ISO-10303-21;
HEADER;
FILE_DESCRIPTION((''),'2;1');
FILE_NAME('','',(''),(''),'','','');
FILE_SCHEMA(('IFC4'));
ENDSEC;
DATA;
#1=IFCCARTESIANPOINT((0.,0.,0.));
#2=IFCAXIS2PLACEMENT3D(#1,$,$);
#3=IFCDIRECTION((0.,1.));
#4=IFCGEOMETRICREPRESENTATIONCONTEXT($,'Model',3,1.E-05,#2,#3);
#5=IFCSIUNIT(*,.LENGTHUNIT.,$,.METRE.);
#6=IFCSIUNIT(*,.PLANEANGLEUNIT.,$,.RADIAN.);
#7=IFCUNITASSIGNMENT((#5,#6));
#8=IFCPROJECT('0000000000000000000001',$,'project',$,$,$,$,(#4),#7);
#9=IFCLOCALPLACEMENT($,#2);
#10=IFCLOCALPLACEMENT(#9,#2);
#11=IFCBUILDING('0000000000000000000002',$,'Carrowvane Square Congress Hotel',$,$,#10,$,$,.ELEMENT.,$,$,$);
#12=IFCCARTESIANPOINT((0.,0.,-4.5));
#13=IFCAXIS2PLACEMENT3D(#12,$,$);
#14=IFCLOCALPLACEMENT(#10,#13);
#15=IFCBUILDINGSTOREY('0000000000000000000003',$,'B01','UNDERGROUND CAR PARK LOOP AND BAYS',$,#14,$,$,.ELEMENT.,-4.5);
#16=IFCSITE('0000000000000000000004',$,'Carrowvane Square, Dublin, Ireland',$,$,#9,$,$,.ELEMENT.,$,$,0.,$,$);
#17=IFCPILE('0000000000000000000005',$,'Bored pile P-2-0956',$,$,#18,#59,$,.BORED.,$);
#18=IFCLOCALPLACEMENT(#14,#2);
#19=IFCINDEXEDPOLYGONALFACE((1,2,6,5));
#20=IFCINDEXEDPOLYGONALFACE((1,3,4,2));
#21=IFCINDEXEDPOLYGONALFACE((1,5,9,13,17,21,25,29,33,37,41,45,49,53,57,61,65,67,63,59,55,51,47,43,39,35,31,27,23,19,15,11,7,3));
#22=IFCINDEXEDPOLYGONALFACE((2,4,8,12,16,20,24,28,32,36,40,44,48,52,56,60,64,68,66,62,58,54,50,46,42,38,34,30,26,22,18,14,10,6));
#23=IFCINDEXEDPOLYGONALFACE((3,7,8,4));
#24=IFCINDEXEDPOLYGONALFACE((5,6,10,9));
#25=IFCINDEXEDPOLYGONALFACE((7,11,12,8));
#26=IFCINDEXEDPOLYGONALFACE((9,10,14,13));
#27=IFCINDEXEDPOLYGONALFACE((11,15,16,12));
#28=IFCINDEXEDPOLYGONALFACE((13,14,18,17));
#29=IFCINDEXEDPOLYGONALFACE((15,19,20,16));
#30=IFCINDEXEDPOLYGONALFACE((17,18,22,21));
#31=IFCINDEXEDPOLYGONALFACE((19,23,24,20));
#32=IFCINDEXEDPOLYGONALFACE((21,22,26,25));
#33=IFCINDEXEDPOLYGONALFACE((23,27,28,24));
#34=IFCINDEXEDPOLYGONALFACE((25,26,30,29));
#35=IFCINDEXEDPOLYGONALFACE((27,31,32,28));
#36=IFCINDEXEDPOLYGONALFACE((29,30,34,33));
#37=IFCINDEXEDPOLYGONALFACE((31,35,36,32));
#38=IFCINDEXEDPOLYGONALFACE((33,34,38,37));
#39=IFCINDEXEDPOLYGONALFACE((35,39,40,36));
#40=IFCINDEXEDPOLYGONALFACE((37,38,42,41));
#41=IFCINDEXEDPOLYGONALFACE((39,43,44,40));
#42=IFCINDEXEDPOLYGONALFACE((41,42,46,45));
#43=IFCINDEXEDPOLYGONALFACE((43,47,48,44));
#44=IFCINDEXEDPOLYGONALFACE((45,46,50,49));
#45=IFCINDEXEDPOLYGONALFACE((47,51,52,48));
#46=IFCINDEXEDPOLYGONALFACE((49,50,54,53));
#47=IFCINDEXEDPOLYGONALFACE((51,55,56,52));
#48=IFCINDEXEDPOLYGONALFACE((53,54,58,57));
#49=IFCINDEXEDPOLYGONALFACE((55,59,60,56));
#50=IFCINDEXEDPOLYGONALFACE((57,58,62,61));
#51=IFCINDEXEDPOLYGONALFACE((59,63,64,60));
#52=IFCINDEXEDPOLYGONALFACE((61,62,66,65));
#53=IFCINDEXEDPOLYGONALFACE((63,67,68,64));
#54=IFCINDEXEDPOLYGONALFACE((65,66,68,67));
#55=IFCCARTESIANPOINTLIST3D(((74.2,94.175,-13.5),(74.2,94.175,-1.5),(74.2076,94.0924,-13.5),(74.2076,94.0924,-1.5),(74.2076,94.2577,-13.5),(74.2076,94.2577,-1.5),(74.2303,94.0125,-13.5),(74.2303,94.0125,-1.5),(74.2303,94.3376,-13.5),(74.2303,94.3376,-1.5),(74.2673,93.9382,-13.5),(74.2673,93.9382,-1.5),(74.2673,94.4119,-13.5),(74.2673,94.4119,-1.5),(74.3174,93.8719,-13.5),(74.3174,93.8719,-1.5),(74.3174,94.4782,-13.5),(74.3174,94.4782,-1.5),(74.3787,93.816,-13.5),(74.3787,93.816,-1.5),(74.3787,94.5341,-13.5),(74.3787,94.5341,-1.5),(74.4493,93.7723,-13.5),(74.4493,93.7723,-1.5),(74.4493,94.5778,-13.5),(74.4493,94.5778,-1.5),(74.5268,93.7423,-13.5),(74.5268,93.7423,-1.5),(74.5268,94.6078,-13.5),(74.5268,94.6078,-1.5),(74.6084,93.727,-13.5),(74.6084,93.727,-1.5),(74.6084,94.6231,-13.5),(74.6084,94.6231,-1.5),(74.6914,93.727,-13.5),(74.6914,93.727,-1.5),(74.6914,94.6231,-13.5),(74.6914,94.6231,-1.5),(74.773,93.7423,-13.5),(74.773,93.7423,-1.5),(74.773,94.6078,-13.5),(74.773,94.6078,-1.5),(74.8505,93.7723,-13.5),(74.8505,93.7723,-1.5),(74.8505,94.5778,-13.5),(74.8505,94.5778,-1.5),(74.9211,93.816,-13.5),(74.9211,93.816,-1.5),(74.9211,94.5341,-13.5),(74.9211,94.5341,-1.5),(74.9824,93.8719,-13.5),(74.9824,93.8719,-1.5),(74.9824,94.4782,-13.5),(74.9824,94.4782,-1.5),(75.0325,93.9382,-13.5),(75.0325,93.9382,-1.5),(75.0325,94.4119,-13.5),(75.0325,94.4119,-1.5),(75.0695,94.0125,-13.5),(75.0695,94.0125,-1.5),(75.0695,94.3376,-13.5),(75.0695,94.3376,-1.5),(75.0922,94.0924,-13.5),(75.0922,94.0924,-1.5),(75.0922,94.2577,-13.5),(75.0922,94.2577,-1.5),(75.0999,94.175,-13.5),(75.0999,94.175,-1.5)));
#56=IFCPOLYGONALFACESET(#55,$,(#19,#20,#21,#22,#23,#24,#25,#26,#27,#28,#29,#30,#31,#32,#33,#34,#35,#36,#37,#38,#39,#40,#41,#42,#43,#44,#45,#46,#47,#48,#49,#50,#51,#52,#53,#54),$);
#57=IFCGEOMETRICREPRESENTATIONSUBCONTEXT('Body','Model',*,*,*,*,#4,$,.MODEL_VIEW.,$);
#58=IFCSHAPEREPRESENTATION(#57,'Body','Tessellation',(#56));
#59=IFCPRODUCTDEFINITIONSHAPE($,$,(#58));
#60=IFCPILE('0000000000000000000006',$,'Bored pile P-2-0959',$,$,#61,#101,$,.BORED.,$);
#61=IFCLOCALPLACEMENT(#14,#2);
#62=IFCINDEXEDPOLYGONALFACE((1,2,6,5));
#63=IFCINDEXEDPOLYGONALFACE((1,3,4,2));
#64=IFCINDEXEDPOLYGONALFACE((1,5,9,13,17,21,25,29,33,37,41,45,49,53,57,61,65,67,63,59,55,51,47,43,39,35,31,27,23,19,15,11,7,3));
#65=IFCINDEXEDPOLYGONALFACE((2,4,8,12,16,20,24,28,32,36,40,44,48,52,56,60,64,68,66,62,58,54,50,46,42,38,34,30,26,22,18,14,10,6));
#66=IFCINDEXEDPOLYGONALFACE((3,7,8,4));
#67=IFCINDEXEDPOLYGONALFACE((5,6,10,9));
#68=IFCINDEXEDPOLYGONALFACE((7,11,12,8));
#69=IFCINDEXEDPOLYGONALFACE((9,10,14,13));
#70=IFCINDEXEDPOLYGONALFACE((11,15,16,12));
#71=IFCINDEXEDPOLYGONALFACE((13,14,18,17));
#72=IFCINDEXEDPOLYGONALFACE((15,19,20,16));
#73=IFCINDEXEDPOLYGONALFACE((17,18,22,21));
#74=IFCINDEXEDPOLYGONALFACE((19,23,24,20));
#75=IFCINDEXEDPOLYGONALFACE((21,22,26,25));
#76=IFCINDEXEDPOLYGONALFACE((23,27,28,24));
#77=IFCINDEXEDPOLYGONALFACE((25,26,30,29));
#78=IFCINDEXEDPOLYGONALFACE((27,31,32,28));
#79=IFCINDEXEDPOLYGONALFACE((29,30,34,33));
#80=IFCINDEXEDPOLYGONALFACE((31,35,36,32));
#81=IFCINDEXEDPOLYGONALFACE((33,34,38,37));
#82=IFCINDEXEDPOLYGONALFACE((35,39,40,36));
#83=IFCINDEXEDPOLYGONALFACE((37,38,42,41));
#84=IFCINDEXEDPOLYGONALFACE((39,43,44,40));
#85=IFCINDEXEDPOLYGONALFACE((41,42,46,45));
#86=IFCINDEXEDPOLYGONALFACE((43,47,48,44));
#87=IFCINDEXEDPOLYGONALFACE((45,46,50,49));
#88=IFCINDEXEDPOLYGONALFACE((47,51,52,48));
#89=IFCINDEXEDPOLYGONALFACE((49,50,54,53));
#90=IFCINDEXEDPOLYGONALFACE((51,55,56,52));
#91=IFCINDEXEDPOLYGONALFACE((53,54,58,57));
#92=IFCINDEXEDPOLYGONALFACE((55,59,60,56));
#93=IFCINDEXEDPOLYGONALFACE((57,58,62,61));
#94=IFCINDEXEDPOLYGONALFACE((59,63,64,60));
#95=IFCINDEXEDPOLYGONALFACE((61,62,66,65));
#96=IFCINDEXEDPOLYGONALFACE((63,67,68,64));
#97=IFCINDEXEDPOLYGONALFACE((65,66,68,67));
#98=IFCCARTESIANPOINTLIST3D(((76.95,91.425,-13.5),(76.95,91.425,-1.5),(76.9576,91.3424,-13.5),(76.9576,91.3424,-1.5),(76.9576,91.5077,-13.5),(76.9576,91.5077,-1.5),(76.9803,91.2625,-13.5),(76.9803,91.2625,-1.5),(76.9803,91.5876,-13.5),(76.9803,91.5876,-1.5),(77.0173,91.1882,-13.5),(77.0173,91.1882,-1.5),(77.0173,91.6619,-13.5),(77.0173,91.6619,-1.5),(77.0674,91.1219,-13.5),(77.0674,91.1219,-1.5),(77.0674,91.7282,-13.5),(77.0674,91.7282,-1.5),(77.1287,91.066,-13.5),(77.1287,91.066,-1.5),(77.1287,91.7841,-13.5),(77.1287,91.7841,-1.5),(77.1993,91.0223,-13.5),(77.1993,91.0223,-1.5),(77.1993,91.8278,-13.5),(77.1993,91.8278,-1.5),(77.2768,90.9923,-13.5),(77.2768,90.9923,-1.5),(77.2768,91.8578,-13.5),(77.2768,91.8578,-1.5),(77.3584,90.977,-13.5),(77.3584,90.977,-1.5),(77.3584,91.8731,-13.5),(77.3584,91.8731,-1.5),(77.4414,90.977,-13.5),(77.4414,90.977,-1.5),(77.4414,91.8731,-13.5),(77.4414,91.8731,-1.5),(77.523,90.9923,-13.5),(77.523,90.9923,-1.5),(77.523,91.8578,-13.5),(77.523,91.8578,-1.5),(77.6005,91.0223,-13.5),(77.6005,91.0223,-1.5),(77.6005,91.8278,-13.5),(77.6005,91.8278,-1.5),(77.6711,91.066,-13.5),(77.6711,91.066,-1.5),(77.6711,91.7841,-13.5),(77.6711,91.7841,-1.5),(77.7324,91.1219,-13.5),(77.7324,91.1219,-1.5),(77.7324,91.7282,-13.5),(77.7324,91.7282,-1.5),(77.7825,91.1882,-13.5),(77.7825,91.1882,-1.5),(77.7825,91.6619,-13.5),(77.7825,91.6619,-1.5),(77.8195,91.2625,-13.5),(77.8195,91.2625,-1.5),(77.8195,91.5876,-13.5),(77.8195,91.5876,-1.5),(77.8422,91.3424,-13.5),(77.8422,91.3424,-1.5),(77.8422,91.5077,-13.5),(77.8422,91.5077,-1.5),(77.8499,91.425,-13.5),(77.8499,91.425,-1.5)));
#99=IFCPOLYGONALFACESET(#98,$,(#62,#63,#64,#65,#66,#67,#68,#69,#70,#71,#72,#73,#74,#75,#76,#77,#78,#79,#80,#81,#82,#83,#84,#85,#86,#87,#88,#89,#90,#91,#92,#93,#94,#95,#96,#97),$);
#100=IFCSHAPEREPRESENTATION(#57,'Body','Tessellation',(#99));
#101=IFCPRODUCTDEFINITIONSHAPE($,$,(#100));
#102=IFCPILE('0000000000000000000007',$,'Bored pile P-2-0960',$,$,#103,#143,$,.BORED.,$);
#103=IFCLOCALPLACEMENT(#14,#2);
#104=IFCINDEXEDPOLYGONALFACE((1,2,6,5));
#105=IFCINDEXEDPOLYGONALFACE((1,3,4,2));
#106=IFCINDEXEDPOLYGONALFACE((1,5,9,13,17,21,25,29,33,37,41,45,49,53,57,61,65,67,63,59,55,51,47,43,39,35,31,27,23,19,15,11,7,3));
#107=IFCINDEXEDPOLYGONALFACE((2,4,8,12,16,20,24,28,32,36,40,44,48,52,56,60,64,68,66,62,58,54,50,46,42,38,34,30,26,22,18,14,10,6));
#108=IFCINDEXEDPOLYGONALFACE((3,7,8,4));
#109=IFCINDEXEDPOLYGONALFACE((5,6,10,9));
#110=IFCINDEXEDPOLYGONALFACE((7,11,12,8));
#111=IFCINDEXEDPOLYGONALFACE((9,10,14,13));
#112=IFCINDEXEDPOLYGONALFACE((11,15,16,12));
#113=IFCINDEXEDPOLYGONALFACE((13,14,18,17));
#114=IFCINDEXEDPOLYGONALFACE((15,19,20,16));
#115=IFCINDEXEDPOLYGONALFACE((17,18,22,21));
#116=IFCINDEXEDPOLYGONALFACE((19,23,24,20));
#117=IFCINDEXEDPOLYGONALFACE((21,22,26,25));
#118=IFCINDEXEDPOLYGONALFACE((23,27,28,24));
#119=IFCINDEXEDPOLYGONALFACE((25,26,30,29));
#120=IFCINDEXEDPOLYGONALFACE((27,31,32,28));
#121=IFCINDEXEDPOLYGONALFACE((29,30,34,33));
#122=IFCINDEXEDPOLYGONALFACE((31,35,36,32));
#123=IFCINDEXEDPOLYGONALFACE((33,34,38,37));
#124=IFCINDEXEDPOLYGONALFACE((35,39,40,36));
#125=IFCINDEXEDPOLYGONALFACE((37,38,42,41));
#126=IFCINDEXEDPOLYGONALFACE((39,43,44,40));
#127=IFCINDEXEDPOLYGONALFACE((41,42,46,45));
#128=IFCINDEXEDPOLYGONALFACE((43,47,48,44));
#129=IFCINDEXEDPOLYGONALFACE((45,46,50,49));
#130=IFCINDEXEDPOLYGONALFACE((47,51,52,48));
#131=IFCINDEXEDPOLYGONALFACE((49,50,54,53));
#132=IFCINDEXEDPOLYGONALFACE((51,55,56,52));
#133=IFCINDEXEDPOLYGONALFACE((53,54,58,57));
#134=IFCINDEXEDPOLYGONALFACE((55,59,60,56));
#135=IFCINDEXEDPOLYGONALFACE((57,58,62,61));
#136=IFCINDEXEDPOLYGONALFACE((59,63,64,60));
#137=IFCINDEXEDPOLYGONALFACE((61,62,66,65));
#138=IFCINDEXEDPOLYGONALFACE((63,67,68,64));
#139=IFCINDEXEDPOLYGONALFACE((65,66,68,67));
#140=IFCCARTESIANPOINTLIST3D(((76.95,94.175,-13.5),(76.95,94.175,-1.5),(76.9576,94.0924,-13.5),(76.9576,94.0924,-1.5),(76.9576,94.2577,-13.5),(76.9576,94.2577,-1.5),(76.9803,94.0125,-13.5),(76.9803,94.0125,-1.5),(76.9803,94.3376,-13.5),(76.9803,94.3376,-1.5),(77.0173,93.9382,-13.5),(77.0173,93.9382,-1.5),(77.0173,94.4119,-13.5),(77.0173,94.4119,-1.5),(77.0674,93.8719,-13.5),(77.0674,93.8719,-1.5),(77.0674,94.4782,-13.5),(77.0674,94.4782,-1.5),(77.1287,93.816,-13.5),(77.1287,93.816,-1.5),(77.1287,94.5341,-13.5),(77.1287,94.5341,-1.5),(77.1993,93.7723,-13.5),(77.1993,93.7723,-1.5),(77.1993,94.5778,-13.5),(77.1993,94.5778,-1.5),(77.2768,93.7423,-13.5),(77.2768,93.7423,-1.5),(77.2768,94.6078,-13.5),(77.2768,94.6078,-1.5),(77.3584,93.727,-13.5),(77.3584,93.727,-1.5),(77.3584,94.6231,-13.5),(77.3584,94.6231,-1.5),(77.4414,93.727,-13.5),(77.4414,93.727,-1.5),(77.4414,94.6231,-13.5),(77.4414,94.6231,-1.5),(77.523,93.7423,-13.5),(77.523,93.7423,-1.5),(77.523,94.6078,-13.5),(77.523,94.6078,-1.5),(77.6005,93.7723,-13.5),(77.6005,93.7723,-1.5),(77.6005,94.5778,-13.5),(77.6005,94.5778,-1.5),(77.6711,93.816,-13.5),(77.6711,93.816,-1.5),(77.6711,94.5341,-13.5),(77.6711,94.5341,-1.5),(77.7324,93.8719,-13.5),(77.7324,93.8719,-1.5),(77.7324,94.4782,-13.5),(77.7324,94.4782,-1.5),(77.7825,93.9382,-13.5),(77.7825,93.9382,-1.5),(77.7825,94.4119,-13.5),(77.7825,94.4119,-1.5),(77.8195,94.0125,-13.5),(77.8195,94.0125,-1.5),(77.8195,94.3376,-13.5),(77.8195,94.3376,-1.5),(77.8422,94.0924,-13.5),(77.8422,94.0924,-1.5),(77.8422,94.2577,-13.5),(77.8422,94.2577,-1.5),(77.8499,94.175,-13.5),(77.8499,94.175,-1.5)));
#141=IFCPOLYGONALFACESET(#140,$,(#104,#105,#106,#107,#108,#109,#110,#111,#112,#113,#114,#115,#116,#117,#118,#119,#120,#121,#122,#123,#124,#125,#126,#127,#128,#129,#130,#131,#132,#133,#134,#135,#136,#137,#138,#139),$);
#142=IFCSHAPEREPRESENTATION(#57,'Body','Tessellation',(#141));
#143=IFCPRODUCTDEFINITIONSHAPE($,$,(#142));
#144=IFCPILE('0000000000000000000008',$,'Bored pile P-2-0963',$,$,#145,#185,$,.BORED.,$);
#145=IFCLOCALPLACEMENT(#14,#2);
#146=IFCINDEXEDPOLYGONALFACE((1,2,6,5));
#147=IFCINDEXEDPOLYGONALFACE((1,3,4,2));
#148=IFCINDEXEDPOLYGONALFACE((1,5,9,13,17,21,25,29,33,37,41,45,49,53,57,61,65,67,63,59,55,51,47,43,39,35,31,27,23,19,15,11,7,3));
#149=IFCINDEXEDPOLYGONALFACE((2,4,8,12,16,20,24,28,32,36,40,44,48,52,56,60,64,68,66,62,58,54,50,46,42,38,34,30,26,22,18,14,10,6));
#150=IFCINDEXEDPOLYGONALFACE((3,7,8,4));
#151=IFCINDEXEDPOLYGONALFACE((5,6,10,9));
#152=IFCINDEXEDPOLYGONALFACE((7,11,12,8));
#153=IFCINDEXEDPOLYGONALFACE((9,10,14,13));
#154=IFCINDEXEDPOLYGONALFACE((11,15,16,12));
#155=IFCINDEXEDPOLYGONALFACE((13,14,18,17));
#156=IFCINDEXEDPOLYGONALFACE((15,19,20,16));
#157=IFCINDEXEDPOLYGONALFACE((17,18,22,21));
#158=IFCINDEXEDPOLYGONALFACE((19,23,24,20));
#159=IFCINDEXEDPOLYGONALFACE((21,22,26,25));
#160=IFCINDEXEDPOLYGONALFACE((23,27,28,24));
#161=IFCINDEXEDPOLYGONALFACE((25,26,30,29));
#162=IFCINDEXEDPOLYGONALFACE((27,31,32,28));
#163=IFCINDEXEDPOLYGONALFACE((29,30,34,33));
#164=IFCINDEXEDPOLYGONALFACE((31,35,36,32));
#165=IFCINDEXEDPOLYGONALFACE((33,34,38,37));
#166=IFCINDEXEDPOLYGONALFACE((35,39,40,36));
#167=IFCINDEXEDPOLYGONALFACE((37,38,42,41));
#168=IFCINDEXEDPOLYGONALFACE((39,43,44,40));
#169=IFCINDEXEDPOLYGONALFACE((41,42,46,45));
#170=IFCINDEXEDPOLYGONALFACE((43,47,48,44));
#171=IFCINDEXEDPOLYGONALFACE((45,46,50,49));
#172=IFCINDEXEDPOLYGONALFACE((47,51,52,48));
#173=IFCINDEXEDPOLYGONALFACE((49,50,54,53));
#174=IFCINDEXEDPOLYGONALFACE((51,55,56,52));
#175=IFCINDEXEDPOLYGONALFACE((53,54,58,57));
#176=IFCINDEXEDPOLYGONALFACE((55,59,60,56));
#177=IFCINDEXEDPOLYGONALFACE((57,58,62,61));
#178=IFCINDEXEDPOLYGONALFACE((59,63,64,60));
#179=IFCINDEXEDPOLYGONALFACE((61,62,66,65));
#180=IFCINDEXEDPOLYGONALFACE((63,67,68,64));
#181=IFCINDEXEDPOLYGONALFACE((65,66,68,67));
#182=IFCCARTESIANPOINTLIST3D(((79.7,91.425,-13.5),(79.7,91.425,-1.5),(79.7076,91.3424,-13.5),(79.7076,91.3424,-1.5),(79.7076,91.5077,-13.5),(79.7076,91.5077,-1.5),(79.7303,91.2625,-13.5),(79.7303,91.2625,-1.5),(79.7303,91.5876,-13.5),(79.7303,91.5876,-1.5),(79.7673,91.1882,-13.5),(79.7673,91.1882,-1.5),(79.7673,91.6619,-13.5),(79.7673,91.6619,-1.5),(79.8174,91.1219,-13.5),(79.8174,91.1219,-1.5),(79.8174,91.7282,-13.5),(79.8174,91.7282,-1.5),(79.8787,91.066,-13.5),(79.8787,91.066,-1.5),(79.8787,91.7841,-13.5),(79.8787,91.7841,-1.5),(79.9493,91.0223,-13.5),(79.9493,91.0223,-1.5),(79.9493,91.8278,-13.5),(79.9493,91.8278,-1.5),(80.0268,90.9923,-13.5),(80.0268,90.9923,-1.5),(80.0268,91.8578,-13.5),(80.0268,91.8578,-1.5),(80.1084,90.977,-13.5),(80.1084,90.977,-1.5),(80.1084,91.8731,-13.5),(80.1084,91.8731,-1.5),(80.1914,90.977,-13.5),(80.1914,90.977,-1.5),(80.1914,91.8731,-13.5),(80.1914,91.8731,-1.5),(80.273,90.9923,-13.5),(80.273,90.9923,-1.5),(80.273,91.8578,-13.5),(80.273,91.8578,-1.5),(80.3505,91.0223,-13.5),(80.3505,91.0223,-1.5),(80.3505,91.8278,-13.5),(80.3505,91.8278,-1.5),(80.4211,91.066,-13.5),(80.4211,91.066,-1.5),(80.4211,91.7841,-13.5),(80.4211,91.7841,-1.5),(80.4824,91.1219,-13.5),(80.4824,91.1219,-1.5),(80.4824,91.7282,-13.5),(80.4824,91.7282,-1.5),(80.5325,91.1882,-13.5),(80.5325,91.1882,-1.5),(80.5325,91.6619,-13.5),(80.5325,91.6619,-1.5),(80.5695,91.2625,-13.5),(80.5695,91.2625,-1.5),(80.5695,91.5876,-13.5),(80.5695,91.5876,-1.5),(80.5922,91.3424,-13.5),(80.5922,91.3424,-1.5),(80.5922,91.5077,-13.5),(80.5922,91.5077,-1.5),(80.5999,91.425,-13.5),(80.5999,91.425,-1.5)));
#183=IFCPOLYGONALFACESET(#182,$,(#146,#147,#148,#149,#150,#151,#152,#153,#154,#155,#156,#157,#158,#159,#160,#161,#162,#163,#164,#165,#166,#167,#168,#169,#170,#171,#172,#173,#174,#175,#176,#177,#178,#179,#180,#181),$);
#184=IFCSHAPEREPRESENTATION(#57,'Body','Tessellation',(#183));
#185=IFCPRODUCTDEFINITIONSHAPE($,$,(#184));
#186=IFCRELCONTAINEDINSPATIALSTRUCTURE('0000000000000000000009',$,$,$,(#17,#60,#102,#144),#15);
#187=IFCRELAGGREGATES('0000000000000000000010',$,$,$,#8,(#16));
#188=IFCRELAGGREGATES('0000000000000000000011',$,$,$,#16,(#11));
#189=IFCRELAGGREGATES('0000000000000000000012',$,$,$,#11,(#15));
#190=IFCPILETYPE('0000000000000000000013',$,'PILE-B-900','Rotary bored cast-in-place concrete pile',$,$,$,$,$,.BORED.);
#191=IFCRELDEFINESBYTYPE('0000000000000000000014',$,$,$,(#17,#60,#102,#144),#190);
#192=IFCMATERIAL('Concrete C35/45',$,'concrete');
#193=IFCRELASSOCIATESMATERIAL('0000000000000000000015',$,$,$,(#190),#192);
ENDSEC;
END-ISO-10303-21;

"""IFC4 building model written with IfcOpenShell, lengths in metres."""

from ifc_helpers import new_model, si_unit, direction, frame, origin, origin_2d, place, context, subcontext, project, spatial, circle, extrude, material, material_profile, profile_set, type_object, element, save


model = new_model("IFC4")

# Units and contexts
model_context = context("Model", 3, precision=1e-05, world=origin(), true_north=direction((0.0, 1.0)))
body_context = subcontext(model_context, "Body", "Model", "MODEL_VIEW")
ifc_project = project(units=[si_unit("LENGTHUNIT", "METRE"), si_unit("PLANEANGLEUNIT", "RADIAN")], contexts=[model_context])

# Site, building, storey
site_placement = place(None, origin())
site = spatial("IfcSite", under=ifc_project, at=site_placement, Name="Carrowvane Square, Dublin, Ireland", CompositionType="ELEMENT", RefElevation=0.0)
building_placement = place(site_placement, origin())
building = spatial("IfcBuilding", under=site, at=building_placement, Name="Carrowvane Square Congress Hotel", CompositionType="ELEMENT")
storey_placement = place(building_placement, frame((0.0, 0.0, -4.5)))
storey = spatial("IfcBuildingStorey", under=building, at=storey_placement, Name="B01", Description="UNDERGROUND CAR PARK LOOP AND BAYS", CompositionType="ELEMENT", Elevation=-4.5)

# Piles
ifc_material_1 = material(Name="Concrete C35/45", Category="concrete")
ifc_material_profile_1 = material_profile(ifc_material_1, circle(Radius=0.45, at=origin_2d()), Name="PILE D900")
ifc_profile_set_1 = profile_set([ifc_material_profile_1], Name="Concrete C35/45")
pile_type_1 = type_object("IfcPileType", Name="PILE-B-900", Description="Rotary bored cast-in-place concrete pile", PredefinedType="BORED", material=ifc_profile_set_1)
for number, where, z_axis, x_axis, name in (
    (1, (74.6499, 94.175, -1.5), (0.0, 0.0, -1.0), (1.0, 0.0, 0.0), "Bored pile P-2-0956"),
    (2, (77.3999, 91.425, -1.5), (0.0, 0.0, -1.0), (1.0, 0.0, 0.0), "Bored pile P-2-0959"),
    (3, (77.3999, 94.175, -1.5), (0.0, 0.0, -1.0), (1.0, 0.0, 0.0), "Bored pile P-2-0960"),
    (4, (80.1499, 91.425, -1.5), (0.0, 0.0, -1.0), (1.0, 0.0, 0.0), "Bored pile P-2-0963"),
):
    element("IfcPile", number, at=place(storey_placement, frame(where, z_axis=z_axis, x_axis=x_axis)), inside=storey, type_object=pile_type_1, Name=name, PredefinedType="BORED", context=body_context, shape_type="SweptSolid", body=[
        extrude(circle(Radius=0.45, at=origin_2d()), origin(), (0.0, 0.0, 1.0), 12.0),
    ])

save(model, "model.ifc")
